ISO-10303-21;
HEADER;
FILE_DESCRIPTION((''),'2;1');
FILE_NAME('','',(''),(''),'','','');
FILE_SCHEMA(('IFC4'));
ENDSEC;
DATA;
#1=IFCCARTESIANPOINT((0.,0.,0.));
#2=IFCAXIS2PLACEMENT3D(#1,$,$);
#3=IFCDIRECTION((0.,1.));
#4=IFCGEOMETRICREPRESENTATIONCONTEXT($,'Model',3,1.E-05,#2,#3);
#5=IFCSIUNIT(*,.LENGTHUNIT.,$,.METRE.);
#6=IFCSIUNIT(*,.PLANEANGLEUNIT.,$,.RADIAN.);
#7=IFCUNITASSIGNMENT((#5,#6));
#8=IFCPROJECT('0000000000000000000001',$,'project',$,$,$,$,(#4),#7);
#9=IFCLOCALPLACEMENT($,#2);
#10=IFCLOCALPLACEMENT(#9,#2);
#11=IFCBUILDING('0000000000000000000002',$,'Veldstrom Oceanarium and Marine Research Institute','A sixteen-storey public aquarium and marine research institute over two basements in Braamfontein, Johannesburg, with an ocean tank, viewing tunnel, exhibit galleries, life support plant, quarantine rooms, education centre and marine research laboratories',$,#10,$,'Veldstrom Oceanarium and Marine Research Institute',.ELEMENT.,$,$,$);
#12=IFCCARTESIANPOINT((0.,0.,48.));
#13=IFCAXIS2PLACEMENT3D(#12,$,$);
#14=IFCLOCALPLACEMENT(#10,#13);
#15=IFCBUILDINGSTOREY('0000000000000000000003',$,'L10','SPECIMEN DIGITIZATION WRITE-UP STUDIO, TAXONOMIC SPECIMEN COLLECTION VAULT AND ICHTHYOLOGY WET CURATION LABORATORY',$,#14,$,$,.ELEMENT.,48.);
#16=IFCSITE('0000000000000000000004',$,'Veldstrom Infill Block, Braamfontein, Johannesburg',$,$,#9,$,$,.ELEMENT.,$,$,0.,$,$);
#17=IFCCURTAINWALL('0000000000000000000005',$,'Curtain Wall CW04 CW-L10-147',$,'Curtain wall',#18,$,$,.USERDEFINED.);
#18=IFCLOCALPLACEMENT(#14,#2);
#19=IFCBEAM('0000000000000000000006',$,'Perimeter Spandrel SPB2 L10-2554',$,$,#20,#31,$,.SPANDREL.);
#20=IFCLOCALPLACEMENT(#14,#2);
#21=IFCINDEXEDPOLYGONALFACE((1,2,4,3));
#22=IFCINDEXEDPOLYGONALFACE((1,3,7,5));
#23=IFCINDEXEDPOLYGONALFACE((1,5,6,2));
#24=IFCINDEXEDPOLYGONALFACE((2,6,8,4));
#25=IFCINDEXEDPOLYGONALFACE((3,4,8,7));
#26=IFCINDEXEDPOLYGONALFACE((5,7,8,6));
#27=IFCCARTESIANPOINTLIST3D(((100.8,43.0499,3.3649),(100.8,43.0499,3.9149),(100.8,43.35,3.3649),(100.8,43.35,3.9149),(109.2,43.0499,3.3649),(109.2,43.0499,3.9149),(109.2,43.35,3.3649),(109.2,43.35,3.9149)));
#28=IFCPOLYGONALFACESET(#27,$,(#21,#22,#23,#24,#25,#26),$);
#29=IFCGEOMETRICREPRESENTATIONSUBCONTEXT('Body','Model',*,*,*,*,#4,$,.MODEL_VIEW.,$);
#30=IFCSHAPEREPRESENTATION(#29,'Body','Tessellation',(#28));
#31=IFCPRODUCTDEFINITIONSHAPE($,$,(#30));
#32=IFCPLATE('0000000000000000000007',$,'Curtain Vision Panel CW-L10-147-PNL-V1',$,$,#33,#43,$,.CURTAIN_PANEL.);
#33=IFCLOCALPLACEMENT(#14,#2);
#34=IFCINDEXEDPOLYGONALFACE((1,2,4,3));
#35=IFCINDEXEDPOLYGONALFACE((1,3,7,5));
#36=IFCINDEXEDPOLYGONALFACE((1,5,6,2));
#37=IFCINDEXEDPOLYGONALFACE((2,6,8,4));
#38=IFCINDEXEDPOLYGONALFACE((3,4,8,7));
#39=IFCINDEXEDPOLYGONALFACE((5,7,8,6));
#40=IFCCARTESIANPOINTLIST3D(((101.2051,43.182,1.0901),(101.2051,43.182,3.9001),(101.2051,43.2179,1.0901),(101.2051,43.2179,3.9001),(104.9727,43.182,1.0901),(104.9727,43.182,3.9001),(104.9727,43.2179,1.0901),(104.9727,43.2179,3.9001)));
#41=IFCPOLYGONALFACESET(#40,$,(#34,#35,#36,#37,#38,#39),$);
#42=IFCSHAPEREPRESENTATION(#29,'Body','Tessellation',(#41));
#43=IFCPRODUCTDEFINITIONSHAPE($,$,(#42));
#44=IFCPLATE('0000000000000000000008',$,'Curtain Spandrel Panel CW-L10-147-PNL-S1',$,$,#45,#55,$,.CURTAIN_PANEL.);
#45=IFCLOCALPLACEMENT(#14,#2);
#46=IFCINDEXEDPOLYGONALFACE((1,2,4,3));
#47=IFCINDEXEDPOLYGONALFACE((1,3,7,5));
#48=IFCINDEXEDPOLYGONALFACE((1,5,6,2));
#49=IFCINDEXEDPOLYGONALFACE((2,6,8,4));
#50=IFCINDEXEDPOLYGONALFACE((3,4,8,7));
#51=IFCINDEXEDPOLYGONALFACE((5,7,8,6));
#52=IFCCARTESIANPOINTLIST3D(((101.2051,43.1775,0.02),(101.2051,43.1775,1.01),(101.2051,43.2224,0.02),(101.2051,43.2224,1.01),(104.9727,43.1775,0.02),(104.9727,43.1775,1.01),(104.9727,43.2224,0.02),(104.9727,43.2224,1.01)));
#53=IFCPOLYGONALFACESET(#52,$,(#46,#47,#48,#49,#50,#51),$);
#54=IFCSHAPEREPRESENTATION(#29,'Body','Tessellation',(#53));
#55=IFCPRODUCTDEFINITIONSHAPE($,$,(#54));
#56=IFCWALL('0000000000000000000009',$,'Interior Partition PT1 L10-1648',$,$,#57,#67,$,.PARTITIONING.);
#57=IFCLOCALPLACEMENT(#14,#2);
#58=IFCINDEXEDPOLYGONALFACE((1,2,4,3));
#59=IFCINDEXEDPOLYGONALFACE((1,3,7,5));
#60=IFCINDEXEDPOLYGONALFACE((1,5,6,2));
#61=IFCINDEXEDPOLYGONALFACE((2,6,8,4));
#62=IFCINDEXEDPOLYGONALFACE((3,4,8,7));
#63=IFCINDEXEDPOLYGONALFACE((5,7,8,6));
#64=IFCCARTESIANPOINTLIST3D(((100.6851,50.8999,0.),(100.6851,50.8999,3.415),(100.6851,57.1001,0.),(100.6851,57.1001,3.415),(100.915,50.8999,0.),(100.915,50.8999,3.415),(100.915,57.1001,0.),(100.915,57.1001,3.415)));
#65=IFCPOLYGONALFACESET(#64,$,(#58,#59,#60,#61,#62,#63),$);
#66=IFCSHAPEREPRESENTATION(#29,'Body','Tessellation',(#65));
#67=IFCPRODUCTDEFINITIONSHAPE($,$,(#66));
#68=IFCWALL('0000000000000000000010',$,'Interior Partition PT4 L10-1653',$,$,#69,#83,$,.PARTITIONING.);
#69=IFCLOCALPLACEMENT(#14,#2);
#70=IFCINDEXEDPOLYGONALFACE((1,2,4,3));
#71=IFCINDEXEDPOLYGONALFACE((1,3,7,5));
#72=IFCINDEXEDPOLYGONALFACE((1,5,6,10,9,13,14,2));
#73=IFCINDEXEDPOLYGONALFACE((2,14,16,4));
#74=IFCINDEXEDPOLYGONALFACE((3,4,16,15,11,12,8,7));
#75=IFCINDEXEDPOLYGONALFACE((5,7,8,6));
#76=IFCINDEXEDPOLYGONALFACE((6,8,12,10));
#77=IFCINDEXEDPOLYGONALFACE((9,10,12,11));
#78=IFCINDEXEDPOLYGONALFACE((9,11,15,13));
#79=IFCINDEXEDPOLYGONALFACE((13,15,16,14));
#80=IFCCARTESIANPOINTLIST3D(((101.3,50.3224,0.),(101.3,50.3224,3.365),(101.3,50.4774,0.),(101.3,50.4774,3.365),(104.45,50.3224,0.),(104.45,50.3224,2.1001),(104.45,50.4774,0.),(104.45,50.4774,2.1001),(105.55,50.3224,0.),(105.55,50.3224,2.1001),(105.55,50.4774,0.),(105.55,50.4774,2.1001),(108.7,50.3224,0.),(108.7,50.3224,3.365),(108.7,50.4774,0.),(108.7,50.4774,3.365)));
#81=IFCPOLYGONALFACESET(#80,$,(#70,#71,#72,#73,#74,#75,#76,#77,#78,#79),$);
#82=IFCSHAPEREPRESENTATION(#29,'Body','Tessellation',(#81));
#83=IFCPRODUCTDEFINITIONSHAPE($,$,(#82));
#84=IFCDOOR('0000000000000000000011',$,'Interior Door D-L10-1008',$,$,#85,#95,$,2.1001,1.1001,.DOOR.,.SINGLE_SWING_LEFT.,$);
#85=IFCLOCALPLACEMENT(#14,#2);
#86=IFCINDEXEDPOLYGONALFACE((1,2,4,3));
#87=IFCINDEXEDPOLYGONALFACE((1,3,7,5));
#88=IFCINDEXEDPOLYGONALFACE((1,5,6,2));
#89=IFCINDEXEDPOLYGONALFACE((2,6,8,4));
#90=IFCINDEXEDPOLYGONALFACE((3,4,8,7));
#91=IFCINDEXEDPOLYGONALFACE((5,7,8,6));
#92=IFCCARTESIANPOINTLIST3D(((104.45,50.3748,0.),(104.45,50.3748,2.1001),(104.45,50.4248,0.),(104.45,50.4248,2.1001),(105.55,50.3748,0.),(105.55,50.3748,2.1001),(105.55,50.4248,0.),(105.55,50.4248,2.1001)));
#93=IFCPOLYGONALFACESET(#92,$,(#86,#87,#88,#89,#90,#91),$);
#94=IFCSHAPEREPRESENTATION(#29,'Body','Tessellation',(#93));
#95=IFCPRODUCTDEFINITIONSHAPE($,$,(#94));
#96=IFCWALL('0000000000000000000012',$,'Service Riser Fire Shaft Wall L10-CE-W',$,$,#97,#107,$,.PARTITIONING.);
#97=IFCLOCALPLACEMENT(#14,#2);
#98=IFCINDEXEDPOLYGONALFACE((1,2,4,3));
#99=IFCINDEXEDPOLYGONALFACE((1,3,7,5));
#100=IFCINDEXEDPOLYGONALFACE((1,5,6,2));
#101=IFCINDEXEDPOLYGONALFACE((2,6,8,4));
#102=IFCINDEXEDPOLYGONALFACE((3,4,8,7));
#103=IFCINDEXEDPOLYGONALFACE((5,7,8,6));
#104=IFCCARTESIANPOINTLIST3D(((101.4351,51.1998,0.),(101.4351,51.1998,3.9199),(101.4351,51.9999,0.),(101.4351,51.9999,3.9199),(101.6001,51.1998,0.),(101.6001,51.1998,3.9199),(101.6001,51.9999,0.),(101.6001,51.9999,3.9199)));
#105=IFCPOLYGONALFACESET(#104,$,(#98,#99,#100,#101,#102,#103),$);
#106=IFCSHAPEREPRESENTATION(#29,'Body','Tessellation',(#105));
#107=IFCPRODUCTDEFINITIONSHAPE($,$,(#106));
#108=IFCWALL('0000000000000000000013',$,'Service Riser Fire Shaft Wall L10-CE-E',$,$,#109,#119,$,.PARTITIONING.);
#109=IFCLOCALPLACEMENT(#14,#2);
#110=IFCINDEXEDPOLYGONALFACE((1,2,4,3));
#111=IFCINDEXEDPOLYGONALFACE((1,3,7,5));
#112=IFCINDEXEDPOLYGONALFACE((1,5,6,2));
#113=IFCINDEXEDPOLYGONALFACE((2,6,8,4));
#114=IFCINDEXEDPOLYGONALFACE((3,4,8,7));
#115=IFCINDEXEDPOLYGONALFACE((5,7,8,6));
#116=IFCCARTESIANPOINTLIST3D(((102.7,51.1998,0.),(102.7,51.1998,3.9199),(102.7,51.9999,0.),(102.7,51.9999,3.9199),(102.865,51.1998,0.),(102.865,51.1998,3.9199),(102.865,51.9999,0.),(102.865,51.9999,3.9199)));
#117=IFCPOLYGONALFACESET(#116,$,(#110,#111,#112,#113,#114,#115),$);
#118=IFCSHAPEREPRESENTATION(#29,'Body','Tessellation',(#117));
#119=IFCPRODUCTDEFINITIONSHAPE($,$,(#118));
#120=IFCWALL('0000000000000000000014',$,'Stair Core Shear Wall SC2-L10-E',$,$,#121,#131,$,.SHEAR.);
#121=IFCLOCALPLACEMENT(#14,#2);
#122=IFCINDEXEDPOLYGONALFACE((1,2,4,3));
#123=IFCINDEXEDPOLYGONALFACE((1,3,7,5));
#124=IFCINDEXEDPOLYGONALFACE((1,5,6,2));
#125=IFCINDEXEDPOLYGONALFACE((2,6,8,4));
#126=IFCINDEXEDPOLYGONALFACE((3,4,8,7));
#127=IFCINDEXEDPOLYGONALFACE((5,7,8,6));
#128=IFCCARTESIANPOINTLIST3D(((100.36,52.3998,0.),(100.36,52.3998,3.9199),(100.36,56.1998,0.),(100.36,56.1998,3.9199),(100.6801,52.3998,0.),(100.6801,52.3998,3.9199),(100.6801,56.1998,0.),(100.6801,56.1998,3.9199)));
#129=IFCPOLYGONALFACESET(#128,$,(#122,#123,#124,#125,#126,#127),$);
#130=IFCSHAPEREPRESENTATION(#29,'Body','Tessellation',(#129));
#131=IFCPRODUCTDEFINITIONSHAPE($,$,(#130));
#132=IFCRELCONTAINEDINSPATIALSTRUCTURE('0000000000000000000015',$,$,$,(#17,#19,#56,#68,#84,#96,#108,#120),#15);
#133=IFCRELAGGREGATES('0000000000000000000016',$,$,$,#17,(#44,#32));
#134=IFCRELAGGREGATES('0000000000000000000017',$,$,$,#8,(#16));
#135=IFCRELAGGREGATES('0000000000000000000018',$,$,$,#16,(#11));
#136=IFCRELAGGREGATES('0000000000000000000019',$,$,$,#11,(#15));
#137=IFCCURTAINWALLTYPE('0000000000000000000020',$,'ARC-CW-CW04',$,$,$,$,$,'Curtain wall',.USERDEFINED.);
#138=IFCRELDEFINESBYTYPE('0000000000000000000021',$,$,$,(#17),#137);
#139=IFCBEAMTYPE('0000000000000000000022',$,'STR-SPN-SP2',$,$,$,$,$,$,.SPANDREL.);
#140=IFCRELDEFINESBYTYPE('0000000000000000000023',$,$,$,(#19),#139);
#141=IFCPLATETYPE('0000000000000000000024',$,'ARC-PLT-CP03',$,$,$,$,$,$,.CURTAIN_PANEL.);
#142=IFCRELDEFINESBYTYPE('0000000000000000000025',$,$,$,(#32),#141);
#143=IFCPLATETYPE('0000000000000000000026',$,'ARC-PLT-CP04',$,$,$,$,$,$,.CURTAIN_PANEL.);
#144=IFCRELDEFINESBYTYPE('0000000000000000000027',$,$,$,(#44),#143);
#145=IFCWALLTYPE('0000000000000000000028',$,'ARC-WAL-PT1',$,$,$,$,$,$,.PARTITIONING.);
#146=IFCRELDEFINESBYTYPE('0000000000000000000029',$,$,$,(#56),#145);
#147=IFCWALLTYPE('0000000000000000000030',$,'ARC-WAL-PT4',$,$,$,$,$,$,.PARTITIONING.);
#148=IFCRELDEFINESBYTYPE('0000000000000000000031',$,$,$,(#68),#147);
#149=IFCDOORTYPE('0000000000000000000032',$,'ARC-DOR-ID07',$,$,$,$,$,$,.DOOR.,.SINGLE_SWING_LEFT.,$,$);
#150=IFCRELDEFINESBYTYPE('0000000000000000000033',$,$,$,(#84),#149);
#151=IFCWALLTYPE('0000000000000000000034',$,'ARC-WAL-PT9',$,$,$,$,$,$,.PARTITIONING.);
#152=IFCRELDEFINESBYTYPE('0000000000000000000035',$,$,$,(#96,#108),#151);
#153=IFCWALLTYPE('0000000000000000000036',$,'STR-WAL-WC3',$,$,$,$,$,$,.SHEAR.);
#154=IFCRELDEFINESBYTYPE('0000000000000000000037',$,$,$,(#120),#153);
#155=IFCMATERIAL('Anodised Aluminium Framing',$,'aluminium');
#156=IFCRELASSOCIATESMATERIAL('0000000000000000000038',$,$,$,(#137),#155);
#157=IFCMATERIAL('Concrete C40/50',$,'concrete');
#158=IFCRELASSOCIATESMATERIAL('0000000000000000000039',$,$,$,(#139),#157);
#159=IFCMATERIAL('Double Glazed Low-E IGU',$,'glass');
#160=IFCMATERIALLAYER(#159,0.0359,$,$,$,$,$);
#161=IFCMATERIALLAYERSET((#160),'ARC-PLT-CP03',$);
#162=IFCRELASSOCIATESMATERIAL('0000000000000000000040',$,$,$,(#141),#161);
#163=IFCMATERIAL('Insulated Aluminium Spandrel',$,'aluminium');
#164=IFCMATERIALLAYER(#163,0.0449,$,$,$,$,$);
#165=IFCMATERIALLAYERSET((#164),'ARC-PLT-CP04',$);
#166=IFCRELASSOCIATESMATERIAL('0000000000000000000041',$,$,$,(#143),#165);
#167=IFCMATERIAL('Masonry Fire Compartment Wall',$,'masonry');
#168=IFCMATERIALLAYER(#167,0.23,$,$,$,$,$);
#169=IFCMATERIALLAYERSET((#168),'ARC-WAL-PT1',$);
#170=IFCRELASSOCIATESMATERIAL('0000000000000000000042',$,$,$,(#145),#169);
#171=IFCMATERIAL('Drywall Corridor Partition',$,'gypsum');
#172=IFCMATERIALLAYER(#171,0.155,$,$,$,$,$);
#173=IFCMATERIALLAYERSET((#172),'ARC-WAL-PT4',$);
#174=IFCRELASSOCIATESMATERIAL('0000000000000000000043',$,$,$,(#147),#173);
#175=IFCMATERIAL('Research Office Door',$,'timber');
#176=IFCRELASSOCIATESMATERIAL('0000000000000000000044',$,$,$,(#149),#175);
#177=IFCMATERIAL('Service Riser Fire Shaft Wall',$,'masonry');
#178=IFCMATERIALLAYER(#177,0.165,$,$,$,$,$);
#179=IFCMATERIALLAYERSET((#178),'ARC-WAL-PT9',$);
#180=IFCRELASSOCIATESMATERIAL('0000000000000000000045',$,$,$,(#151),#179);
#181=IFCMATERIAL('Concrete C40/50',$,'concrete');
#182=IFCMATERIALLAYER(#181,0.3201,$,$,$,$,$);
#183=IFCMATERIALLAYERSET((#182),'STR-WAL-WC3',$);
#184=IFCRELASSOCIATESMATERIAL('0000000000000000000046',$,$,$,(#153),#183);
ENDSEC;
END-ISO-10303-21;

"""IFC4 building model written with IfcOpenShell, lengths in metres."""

from ifc_helpers import new_model, si_unit, direction, frame, frame_2d, origin, origin_2d, place, context, subcontext, project, spatial, rectangle, extrude, material, layer, layer_set, material_profile, profile_set, type_object, element, fill, aggregate, save


model = new_model("IFC4")

# Units and contexts
model_context = context("Model", 3, precision=1e-05, world=origin(), true_north=direction((0.0, 1.0)))
body_context = subcontext(model_context, "Body", "Model", "MODEL_VIEW")
ifc_project = project(units=[si_unit("LENGTHUNIT", "METRE"), si_unit("PLANEANGLEUNIT", "RADIAN")], contexts=[model_context])

# Site, building, storey
site_placement = place(None, origin())
site = spatial("IfcSite", under=ifc_project, at=site_placement, Name="Veldstrom Infill Block, Braamfontein, Johannesburg", CompositionType="ELEMENT", RefElevation=0.0)
building_placement = place(site_placement, origin())
building = spatial("IfcBuilding", under=site, at=building_placement, Name="Veldstrom Oceanarium and Marine Research Institute", Description="A sixteen-storey public aquarium and marine research institute over two basements in Braamfontein, Johannesburg, with an ocean tank, viewing tunnel, exhibit galleries, life support plant, quarantine rooms, education centre and marine research laboratories", LongName="Veldstrom Oceanarium and Marine Research Institute", CompositionType="ELEMENT")
storey_placement = place(building_placement, frame((0.0, 0.0, 48.0)))
storey = spatial("IfcBuildingStorey", under=building, at=storey_placement, Name="L10", Description="SPECIMEN DIGITIZATION WRITE-UP STUDIO, TAXONOMIC SPECIMEN COLLECTION VAULT AND ICHTHYOLOGY WET CURATION LABORATORY", CompositionType="ELEMENT", Elevation=48.0)

# Curtain wall
ifc_material_1 = material(Name="Anodised Aluminium Framing", Category="aluminium")
curtain_wall_type = type_object("IfcCurtainWallType", Name="ARC-CW-CW04", ElementType="Curtain wall", PredefinedType="USERDEFINED", material=ifc_material_1)
curtain_wall_placement = place(storey_placement, origin())
curtain_wall = element("IfcCurtainWall", 1, at=curtain_wall_placement, inside=storey, type_object=curtain_wall_type, Name="Curtain Wall CW04 CW-L10-147", ObjectType="Curtain wall", PredefinedType="USERDEFINED")

# Beam
ifc_material_2 = material(Name="Concrete C40/50", Category="concrete")
ifc_material_profile_1 = material_profile(ifc_material_2, rectangle(XDim=0.3, YDim=0.55, at=origin_2d()), Name="RC-SPN-300x550")
ifc_profile_set_1 = profile_set([ifc_material_profile_1], Name="Concrete C40/50")
beam_type_1 = type_object("IfcBeamType", Name="STR-SPN-SP2", PredefinedType="SPANDREL", material=ifc_profile_set_1)
beam_1_placement = place(storey_placement, frame((100.8, 43.2, 3.6399), z_axis=(1.0, 0.0, 0.0), x_axis=(0.0, 1.0, 0.0)))
element("IfcBeam", 2, at=beam_1_placement, inside=storey, type_object=beam_type_1, Name="Perimeter Spandrel SPB2 L10-2554", PredefinedType="SPANDREL", context=body_context, shape_type="SweptSolid", body=[
    extrude(rectangle(XDim=0.3, YDim=0.55, at=origin_2d()), origin(), (0.0, 0.0, 1.0), 8.3999),
])

# Plates
ifc_material_3 = material(Name="Double Glazed Low-E IGU", Category="glass")
ifc_layer_1 = layer(ifc_material_3, 0.0359)
ifc_layer_set_1 = layer_set([ifc_layer_1], Name="ARC-PLT-CP03")
plate_type_1 = type_object("IfcPlateType", Name="ARC-PLT-CP03", PredefinedType="CURTAIN_PANEL", material=ifc_layer_set_1)
plate_1_placement = place(storey_placement, frame((103.0889, 43.2, 1.0901), z_axis=(0.0, 0.0, 1.0), x_axis=(1.0, 0.0, 0.0)))
plate_1 = element("IfcPlate", 3, at=plate_1_placement, type_object=plate_type_1, Name="Curtain Vision Panel CW-L10-147-PNL-V1", PredefinedType="CURTAIN_PANEL", context=body_context, shape_type="SweptSolid", body=[
    extrude(rectangle(XDim=3.7676, YDim=0.0359, at=origin_2d()), origin(), (0.0, 0.0, 1.0), 2.8101),
])
ifc_material_4 = material(Name="Insulated Aluminium Spandrel", Category="aluminium")
ifc_layer_2 = layer(ifc_material_4, 0.0449)
ifc_layer_set_2 = layer_set([ifc_layer_2], Name="ARC-PLT-CP04")
plate_type_2 = type_object("IfcPlateType", Name="ARC-PLT-CP04", PredefinedType="CURTAIN_PANEL", material=ifc_layer_set_2)
plate_2_placement = place(storey_placement, frame((103.0889, 43.2, 0.02), z_axis=(0.0, 0.0, 1.0), x_axis=(1.0, 0.0, 0.0)))
plate_2 = element("IfcPlate", 4, at=plate_2_placement, type_object=plate_type_2, Name="Curtain Spandrel Panel CW-L10-147-PNL-S1", PredefinedType="CURTAIN_PANEL", context=body_context, shape_type="SweptSolid", body=[
    extrude(rectangle(XDim=3.7676, YDim=0.0449, at=origin_2d()), origin(), (0.0, 0.0, 1.0), 0.99),
])
aggregate(curtain_wall, [plate_2, plate_1])

# Wall
ifc_material_5 = material(Name="Masonry Fire Compartment Wall", Category="masonry")
ifc_layer_3 = layer(ifc_material_5, 0.23)
ifc_layer_set_3 = layer_set([ifc_layer_3], Name="ARC-WAL-PT1")
wall_type_1 = type_object("IfcWallType", Name="ARC-WAL-PT1", PredefinedType="PARTITIONING", material=ifc_layer_set_3)
wall_1_placement = place(storey_placement, frame((100.8, 50.8999, 0.0), z_axis=(0.0, 0.0, 1.0), x_axis=(0.0, 1.0, 0.0)))
element("IfcWall", 5, at=wall_1_placement, inside=storey, type_object=wall_type_1, Name="Interior Partition PT1 L10-1648", PredefinedType="PARTITIONING", context=body_context, shape_type="SweptSolid", body=[
    extrude(rectangle(XDim=6.2002, YDim=0.23, at=frame_2d((3.1001, 0.0))), origin(), (0.0, 0.0, 1.0), 3.415),
])

# Wall, opening, door
ifc_material_6 = material(Name="Drywall Corridor Partition", Category="gypsum")
ifc_layer_4 = layer(ifc_material_6, 0.155)
ifc_layer_set_4 = layer_set([ifc_layer_4], Name="ARC-WAL-PT4")
wall_type_2 = type_object("IfcWallType", Name="ARC-WAL-PT4", PredefinedType="PARTITIONING", material=ifc_layer_set_4)
wall_2_placement = place(storey_placement, frame((101.3, 50.3999, 0.0), z_axis=(0.0, 0.0, 1.0), x_axis=(1.0, 0.0, 0.0)))
wall_2 = element("IfcWall", 6, at=wall_2_placement, inside=storey, type_object=wall_type_2, Name="Interior Partition PT4 L10-1653", PredefinedType="PARTITIONING", context=body_context, shape_type="SweptSolid", body=[
    extrude(rectangle(XDim=7.3999, YDim=0.155, at=frame_2d((3.7, 0.0))), origin(), (0.0, 0.0, 1.0), 3.365),
])
opening_placement = place(wall_2_placement, frame((3.1499, 0.0, 0.0)))
opening = element("IfcOpeningElement", 7, at=opening_placement, cuts=wall_2, PredefinedType="OPENING", context=body_context, shape_type="SweptSolid", body=[
    extrude(rectangle(XDim=1.1001, YDim=2.1001, at=frame_2d((0.55, 1.05))), frame((0.0, 0.0874, 0.0), z_axis=(0.0, -1.0, 0.0), x_axis=(1.0, 0.0, 0.0)), (0.0, 0.0, 1.0), 0.175),
])
ifc_material_7 = material(Name="Research Office Door", Category="timber")
door_type = type_object("IfcDoorType", Name="ARC-DOR-ID07", OperationType="SINGLE_SWING_LEFT", PredefinedType="DOOR", material=ifc_material_7)
door_placement = place(opening_placement, origin())
door = element("IfcDoor", 8, at=door_placement, inside=storey, type_object=door_type, Name="Interior Door D-L10-1008", OperationType="SINGLE_SWING_LEFT", OverallHeight=2.1001, OverallWidth=1.1001, PredefinedType="DOOR", context=body_context, shape_type="SweptSolid", body=[
    extrude(rectangle(XDim=1.1001, YDim=2.1001, at=frame_2d((0.55, 1.05))), frame((0.0, 0.0249, 0.0), z_axis=(0.0, -1.0, 0.0), x_axis=(1.0, 0.0, 0.0)), (0.0, 0.0, 1.0), 0.05),
])
fill(opening, door)

# Walls
ifc_material_8 = material(Name="Service Riser Fire Shaft Wall", Category="masonry")
ifc_layer_5 = layer(ifc_material_8, 0.165)
ifc_layer_set_5 = layer_set([ifc_layer_5], Name="ARC-WAL-PT9")
wall_type_3 = type_object("IfcWallType", Name="ARC-WAL-PT9", PredefinedType="PARTITIONING", material=ifc_layer_set_5)
for number, where, z_axis, x_axis, name in (
    (9, (101.5176, 51.2, 0.0), (0.0, 0.0, 1.0), (0.0, 1.0, 0.0), "Service Riser Fire Shaft Wall L10-CE-W"),
    (10, (102.7825, 51.2, 0.0), (0.0, 0.0, 1.0), (0.0, 1.0, 0.0), "Service Riser Fire Shaft Wall L10-CE-E"),
):
    element("IfcWall", number, at=place(storey_placement, frame(where, z_axis=z_axis, x_axis=x_axis)), inside=storey, type_object=wall_type_3, Name=name, PredefinedType="PARTITIONING", context=body_context, shape_type="SweptSolid", body=[
        extrude(rectangle(XDim=0.8, YDim=0.165, at=frame_2d((0.3999, 0.0))), origin(), (0.0, 0.0, 1.0), 3.9199),
    ])
ifc_material_9 = material(Name="Concrete C40/50", Category="concrete")
ifc_layer_6 = layer(ifc_material_9, 0.3201)
ifc_layer_set_6 = layer_set([ifc_layer_6], Name="STR-WAL-WC3")
wall_type_4 = type_object("IfcWallType", Name="STR-WAL-WC3", PredefinedType="SHEAR", material=ifc_layer_set_6)
wall_3_placement = place(storey_placement, frame((100.52, 52.3999, 0.0), z_axis=(0.0, 0.0, 1.0), x_axis=(0.0, 1.0, 0.0)))
element("IfcWall", 11, at=wall_3_placement, inside=storey, type_object=wall_type_4, Name="Stair Core Shear Wall SC2-L10-E", PredefinedType="SHEAR", context=body_context, shape_type="SweptSolid", body=[
    extrude(rectangle(XDim=3.8, YDim=0.3201, at=frame_2d((1.8999, 0.0))), origin(), (0.0, 0.0, 1.0), 3.9199),
])

save(model, "model.ifc")
